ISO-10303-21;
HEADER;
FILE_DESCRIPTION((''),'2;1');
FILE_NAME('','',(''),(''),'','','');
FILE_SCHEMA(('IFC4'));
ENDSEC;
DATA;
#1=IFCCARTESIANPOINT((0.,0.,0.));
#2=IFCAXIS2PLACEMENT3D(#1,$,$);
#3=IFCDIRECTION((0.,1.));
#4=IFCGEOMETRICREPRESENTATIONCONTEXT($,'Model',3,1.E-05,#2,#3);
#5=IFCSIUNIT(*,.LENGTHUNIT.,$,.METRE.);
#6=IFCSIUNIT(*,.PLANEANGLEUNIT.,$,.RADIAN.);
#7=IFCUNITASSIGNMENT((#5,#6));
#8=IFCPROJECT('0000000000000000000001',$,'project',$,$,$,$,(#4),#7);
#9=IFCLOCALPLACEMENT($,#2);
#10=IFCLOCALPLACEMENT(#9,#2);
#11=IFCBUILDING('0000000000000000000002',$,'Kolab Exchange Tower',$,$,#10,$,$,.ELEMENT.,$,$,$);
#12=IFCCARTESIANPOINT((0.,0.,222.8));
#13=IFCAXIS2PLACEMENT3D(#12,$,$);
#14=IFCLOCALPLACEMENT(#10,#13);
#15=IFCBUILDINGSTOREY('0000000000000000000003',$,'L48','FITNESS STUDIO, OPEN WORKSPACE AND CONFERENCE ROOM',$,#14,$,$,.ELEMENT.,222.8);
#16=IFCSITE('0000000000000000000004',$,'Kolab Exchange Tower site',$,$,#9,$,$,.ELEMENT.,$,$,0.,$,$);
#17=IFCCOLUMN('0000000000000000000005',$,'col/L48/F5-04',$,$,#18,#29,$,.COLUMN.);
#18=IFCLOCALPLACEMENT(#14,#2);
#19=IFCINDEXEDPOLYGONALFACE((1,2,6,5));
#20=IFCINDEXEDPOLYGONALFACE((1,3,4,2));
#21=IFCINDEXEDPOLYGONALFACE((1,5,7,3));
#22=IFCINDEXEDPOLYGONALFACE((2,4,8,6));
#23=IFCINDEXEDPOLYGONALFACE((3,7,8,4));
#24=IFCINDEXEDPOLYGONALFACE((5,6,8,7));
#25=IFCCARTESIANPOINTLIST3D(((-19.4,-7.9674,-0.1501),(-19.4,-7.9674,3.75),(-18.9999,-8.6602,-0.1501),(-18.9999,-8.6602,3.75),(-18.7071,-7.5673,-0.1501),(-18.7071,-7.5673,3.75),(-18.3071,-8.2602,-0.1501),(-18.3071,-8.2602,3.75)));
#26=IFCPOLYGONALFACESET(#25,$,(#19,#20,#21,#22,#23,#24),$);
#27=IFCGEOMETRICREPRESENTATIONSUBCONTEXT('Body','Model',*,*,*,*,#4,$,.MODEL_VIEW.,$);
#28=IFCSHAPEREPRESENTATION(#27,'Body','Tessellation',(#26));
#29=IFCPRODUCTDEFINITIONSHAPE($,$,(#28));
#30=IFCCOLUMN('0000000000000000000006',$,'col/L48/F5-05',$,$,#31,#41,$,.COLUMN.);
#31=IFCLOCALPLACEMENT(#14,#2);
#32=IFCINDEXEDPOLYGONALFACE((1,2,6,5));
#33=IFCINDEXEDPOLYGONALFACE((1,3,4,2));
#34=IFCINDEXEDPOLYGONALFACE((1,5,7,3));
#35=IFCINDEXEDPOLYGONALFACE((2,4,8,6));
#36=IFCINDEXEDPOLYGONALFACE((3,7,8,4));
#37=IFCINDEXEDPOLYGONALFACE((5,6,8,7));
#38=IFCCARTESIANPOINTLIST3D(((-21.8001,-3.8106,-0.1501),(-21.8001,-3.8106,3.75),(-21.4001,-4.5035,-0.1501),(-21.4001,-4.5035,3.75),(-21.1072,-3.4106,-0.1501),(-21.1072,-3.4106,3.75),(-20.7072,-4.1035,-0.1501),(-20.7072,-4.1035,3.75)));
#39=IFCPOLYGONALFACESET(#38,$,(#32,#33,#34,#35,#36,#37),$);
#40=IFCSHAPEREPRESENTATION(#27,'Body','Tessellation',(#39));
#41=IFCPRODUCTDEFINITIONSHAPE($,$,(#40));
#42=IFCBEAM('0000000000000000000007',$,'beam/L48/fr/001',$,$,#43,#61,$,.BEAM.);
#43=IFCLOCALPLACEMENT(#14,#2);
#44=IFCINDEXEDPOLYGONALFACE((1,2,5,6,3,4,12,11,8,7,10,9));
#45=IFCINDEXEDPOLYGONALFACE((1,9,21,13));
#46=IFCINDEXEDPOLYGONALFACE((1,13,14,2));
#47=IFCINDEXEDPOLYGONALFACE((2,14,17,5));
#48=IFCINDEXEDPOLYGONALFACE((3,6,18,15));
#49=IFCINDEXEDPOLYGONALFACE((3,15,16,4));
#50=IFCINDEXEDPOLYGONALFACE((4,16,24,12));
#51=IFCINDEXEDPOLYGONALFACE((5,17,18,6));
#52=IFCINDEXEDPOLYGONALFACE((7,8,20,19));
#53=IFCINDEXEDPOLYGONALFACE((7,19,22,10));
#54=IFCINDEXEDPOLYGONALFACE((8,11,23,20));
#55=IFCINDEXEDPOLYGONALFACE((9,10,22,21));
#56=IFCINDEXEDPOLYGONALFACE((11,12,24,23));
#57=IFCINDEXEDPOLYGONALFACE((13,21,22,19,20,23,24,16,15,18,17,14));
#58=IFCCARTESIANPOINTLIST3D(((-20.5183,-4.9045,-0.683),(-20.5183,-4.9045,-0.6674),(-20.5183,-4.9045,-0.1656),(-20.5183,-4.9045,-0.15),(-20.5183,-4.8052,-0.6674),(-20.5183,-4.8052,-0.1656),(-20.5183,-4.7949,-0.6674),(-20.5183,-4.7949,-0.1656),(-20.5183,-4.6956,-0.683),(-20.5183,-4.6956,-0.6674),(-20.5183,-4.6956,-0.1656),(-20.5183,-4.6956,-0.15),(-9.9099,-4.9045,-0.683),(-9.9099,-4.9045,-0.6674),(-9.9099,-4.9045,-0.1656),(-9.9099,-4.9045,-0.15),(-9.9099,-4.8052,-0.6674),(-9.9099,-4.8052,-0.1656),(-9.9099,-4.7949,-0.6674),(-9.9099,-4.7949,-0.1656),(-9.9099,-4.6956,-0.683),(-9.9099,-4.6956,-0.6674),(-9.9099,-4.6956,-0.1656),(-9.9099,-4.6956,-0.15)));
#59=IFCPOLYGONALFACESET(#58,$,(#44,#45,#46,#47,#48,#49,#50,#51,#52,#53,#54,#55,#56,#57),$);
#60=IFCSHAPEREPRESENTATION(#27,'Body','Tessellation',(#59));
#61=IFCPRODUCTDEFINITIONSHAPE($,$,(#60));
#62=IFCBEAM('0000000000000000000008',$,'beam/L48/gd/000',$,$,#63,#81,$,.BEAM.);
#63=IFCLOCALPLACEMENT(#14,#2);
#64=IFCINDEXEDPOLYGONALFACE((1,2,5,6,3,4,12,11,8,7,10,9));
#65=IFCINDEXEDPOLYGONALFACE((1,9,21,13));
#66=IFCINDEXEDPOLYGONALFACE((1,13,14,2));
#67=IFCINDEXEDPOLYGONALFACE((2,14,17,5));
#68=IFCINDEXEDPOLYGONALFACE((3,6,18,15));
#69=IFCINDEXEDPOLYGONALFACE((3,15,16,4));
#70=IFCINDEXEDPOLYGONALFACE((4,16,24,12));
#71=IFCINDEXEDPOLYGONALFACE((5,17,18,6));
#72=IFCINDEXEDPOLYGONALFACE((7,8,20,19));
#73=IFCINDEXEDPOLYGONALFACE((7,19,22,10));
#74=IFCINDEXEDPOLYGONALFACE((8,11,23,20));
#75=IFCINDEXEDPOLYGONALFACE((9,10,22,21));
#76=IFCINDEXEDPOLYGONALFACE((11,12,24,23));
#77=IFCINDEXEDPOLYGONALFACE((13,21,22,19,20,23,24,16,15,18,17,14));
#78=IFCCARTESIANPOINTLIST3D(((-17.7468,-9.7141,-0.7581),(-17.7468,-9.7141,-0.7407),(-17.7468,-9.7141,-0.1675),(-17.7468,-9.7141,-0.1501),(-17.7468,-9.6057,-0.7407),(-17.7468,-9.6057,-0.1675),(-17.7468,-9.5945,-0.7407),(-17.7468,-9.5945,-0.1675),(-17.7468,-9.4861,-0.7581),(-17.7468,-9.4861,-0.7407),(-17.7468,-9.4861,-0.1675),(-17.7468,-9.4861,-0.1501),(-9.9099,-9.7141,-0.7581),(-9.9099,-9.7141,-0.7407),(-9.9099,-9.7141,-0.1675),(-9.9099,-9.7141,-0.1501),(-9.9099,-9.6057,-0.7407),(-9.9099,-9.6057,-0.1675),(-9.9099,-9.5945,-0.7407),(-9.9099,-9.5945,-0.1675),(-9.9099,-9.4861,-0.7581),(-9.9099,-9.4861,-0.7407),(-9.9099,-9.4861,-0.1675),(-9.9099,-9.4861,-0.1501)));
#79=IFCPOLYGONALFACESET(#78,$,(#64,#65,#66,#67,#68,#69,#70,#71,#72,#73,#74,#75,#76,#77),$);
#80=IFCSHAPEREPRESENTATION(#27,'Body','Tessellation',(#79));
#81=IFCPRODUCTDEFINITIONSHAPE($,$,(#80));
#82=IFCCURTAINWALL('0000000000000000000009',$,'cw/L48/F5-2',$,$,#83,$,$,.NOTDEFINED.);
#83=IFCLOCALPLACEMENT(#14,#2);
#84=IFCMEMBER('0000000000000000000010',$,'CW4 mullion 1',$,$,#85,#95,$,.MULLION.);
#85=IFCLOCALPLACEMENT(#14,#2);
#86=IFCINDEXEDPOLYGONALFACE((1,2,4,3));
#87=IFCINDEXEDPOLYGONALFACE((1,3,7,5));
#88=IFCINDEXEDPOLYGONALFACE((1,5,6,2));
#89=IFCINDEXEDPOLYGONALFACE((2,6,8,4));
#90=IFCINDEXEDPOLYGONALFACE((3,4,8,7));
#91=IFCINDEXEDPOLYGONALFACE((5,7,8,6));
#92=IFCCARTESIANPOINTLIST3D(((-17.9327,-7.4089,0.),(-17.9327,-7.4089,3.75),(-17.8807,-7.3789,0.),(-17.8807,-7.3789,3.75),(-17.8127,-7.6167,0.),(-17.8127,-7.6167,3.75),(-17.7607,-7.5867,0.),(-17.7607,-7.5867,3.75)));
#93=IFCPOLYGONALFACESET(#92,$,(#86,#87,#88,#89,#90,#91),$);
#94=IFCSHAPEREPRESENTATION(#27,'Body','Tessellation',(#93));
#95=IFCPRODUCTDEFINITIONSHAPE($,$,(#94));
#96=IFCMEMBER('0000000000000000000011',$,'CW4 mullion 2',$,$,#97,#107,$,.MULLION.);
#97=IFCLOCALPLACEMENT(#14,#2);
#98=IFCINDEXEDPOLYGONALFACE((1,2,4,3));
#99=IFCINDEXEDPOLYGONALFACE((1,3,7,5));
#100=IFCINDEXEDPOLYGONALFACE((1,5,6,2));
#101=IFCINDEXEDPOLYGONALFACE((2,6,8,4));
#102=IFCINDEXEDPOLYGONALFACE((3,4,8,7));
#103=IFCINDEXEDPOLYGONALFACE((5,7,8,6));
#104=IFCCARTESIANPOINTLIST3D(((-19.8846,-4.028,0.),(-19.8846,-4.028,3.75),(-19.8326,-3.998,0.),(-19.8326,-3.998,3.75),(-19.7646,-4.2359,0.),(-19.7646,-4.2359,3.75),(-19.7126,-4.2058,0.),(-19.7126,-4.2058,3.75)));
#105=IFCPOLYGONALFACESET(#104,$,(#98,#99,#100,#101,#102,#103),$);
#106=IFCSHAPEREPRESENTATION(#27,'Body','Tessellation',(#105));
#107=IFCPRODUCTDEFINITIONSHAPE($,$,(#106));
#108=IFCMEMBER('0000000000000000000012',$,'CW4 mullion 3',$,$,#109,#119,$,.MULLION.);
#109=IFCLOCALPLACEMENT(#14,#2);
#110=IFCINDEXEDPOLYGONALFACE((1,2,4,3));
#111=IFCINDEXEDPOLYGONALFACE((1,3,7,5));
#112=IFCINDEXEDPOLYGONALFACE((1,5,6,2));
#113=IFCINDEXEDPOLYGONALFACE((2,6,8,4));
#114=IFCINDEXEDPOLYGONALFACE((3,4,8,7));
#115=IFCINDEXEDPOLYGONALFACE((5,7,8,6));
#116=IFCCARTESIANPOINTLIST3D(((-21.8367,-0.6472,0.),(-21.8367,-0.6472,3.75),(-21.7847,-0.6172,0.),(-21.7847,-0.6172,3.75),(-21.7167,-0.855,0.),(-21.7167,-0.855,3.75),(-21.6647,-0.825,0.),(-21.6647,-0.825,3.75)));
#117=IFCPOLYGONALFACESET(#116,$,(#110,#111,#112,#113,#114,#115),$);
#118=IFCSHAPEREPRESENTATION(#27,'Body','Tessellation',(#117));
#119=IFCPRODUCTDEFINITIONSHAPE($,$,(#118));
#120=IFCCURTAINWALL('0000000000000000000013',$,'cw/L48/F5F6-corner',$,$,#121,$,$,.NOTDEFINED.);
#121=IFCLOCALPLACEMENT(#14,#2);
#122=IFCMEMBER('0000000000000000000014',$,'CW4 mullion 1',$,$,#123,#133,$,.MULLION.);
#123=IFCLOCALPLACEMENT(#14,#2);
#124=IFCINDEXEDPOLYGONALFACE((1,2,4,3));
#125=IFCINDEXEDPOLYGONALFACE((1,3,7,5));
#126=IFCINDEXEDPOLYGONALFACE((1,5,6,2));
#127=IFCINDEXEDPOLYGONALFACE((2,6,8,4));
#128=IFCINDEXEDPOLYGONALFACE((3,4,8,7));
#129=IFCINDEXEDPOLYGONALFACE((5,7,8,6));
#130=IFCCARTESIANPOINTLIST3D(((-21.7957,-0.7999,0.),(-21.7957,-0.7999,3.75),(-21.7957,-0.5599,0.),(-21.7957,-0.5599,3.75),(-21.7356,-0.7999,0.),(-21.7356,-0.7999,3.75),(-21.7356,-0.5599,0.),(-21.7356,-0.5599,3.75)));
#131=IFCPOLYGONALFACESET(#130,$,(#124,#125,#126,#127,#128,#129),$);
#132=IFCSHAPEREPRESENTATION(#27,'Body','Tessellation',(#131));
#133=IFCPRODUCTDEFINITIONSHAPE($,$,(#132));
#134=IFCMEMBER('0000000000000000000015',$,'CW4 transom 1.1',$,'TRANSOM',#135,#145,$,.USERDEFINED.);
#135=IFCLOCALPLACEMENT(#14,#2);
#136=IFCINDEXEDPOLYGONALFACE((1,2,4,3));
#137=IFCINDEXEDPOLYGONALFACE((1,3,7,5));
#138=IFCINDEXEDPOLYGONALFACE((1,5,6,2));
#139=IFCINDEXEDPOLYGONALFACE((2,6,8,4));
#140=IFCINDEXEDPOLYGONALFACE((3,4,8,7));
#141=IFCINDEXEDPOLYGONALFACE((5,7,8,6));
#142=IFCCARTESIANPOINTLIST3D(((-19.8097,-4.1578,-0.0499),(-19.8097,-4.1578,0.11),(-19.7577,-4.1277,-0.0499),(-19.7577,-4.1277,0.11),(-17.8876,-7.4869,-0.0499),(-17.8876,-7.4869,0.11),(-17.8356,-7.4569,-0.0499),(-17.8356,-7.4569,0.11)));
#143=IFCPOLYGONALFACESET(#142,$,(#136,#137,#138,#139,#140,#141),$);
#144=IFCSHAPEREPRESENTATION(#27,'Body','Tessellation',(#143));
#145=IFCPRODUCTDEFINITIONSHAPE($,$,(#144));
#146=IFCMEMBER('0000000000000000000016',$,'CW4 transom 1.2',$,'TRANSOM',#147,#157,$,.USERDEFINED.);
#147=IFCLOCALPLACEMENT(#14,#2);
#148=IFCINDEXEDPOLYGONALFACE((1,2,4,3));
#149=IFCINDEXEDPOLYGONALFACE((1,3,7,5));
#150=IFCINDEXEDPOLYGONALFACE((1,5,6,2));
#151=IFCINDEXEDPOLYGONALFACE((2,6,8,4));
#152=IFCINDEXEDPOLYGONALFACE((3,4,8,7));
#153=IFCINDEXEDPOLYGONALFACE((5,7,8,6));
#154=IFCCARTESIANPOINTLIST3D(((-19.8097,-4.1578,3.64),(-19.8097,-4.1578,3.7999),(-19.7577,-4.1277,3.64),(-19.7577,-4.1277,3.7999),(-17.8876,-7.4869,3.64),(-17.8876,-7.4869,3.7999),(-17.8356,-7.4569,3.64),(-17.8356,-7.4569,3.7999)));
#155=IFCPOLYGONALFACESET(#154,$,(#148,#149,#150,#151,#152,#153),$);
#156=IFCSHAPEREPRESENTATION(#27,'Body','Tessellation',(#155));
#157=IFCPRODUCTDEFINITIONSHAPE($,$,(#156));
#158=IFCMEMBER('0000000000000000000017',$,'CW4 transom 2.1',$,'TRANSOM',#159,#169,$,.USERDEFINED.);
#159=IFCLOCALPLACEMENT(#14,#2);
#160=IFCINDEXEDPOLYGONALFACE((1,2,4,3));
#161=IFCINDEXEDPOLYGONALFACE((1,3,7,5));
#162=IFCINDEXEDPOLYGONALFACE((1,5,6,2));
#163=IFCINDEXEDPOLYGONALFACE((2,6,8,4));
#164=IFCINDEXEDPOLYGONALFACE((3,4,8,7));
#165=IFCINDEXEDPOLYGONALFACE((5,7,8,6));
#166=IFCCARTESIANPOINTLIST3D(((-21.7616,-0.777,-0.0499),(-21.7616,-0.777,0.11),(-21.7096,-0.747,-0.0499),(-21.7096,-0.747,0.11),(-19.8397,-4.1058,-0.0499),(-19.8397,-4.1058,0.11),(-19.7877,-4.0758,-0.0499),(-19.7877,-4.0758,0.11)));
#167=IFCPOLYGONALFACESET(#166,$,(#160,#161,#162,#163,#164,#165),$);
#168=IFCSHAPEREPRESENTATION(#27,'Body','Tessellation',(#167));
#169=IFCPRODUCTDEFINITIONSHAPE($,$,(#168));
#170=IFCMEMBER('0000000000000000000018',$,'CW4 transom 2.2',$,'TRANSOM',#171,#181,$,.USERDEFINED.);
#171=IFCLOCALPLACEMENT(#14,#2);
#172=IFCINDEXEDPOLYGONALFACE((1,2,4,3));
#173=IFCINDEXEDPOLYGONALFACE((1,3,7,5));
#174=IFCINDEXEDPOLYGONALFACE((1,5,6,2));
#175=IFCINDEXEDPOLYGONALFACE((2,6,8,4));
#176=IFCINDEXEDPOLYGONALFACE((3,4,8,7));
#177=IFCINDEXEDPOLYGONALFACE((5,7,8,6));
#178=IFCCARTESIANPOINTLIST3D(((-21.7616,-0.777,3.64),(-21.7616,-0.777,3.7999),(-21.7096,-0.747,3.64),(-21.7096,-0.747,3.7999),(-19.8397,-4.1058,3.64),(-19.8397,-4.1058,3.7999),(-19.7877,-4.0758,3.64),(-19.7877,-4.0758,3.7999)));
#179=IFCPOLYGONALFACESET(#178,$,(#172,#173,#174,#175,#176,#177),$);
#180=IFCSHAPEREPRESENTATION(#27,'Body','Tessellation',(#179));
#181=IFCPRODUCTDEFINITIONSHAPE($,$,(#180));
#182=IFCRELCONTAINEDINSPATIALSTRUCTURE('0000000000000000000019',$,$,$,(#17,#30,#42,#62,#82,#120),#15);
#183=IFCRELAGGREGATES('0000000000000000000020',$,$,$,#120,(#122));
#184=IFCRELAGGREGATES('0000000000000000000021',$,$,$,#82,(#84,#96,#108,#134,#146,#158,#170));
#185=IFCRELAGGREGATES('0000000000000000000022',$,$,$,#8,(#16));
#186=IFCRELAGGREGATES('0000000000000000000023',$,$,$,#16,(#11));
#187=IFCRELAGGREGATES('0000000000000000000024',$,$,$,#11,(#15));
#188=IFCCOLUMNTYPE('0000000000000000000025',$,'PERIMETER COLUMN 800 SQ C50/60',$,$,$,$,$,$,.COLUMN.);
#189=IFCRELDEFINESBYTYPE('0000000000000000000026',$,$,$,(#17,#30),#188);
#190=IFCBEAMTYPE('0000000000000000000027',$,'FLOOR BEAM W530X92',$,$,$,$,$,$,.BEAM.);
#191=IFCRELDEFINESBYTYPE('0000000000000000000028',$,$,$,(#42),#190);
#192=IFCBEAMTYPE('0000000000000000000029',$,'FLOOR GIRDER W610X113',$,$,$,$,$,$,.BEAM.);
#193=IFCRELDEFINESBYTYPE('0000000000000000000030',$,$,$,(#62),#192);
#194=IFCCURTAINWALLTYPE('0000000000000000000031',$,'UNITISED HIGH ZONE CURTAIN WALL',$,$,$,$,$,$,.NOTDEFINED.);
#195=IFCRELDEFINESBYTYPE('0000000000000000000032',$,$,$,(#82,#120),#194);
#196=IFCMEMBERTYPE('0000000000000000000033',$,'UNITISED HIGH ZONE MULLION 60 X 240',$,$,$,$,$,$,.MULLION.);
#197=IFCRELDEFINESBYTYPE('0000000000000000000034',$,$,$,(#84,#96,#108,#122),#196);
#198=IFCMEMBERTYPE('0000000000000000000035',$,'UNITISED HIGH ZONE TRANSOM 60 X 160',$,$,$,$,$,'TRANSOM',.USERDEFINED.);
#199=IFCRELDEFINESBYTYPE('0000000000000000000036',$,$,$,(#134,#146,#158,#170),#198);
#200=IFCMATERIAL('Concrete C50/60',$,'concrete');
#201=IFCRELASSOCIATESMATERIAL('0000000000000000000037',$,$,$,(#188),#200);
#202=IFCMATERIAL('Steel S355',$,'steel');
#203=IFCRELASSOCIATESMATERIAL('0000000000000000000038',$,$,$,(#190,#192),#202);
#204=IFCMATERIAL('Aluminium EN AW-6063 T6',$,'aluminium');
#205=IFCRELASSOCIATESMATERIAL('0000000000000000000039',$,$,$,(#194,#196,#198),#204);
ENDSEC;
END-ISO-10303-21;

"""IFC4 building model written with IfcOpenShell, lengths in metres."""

from ifc_helpers import new_model, si_unit, direction, frame, origin, origin_2d, place, context, subcontext, project, spatial, rectangle, i_section, extrude, material, material_profile, profile_set, type_object, element, aggregate, save


model = new_model("IFC4")

# Units and contexts
model_context = context("Model", 3, precision=1e-05, world=origin(), true_north=direction((0.0, 1.0)))
body_context = subcontext(model_context, "Body", "Model", "MODEL_VIEW")
ifc_project = project(units=[si_unit("LENGTHUNIT", "METRE"), si_unit("PLANEANGLEUNIT", "RADIAN")], contexts=[model_context])

# Site, building, storey
site_placement = place(None, origin())
site = spatial("IfcSite", under=ifc_project, at=site_placement, Name="Kolab Exchange Tower site", CompositionType="ELEMENT", RefElevation=0.0)
building_placement = place(site_placement, origin())
building = spatial("IfcBuilding", under=site, at=building_placement, Name="Kolab Exchange Tower", CompositionType="ELEMENT")
storey_placement = place(building_placement, frame((0.0, 0.0, 222.8)))
storey = spatial("IfcBuildingStorey", under=building, at=storey_placement, Name="L48", Description="FITNESS STUDIO, OPEN WORKSPACE AND CONFERENCE ROOM", CompositionType="ELEMENT", Elevation=222.8)

# Columns
ifc_material_1 = material(Name="Concrete C50/60", Category="concrete")
ifc_material_profile_1 = material_profile(ifc_material_1, rectangle(XDim=0.8, YDim=0.8, at=origin_2d()), Name="RC800")
ifc_profile_set_1 = profile_set([ifc_material_profile_1], Name="Concrete C50/60")
column_type = type_object("IfcColumnType", Name="PERIMETER COLUMN 800 SQ C50/60", PredefinedType="COLUMN", material=ifc_profile_set_1)
for number, where, z_axis, x_axis, name in (
    (1, (-18.8535, -8.1138, -0.1501), (0.0, 0.0, 1.0), (0.866025, 0.5, 0.0), "col/L48/F5-04"),
    (2, (-21.2537, -3.957, -0.1501), (0.0, 0.0, 1.0), (0.866025, 0.5, 0.0), "col/L48/F5-05"),
):
    element("IfcColumn", number, at=place(storey_placement, frame(where, z_axis=z_axis, x_axis=x_axis)), inside=storey, type_object=column_type, Name=name, PredefinedType="COLUMN", context=body_context, shape_type="SweptSolid", body=[
        extrude(rectangle(XDim=0.8, YDim=0.8, at=origin_2d()), origin(), (0.0, 0.0, 1.0), 3.9001),
    ])

# Beams
ifc_material_2 = material(Name="Steel S355", Category="steel")
ifc_material_profile_2 = material_profile(ifc_material_2, i_section(OverallWidth=0.209, OverallDepth=0.533, WebThickness=0.0103, FlangeThickness=0.0156, at=origin_2d()), Name="W530X92")
ifc_profile_set_2 = profile_set([ifc_material_profile_2], Name="Steel S355")
beam_type_1 = type_object("IfcBeamType", Name="FLOOR BEAM W530X92", PredefinedType="BEAM", material=ifc_profile_set_2)
beam_1_placement = place(storey_placement, frame((-20.5183, -4.8, -0.4165), z_axis=(1.0, 0.0, 0.0), x_axis=(0.0, 1.0, 0.0)))
element("IfcBeam", 3, at=beam_1_placement, inside=storey, type_object=beam_type_1, Name="beam/L48/fr/001", PredefinedType="BEAM", context=body_context, shape_type="SweptSolid", body=[
    extrude(i_section(OverallWidth=0.209, OverallDepth=0.533, WebThickness=0.0103, FlangeThickness=0.0156, at=origin_2d()), origin(), (0.0, 0.0, 1.0), 10.6084),
])
ifc_material_profile_3 = material_profile(ifc_material_2, i_section(OverallWidth=0.228, OverallDepth=0.6079, WebThickness=0.0112, FlangeThickness=0.0173, at=origin_2d()), Name="W610X113")
ifc_profile_set_3 = profile_set([ifc_material_profile_3], Name="Steel S355")
beam_type_2 = type_object("IfcBeamType", Name="FLOOR GIRDER W610X113", PredefinedType="BEAM", material=ifc_profile_set_3)
beam_2_placement = place(storey_placement, frame((-17.7468, -9.6001, -0.4541), z_axis=(1.0, 0.0, 0.0), x_axis=(0.0, 1.0, 0.0)))
element("IfcBeam", 4, at=beam_2_placement, inside=storey, type_object=beam_type_2, Name="beam/L48/gd/000", PredefinedType="BEAM", context=body_context, shape_type="SweptSolid", body=[
    extrude(i_section(OverallWidth=0.228, OverallDepth=0.6079, WebThickness=0.0112, FlangeThickness=0.0173, at=origin_2d()), origin(), (0.0, 0.0, 1.0), 7.8369),
])

# Curtain wall, members
ifc_material_3 = material(Name="Aluminium EN AW-6063 T6", Category="aluminium")
curtain_wall_type = type_object("IfcCurtainWallType", Name="UNITISED HIGH ZONE CURTAIN WALL", PredefinedType="NOTDEFINED", material=ifc_material_3)
curtain_wall_1_placement = place(storey_placement, origin())
curtain_wall_1 = element("IfcCurtainWall", 5, at=curtain_wall_1_placement, inside=storey, type_object=curtain_wall_type, Name="cw/L48/F5-2", PredefinedType="NOTDEFINED")
ifc_material_profile_4 = material_profile(ifc_material_3, rectangle(XDim=0.0601, YDim=0.24, at=origin_2d()), Name="RECT 60X240")
ifc_profile_set_4 = profile_set([ifc_material_profile_4], Name="Aluminium EN AW-6063 T6")
member_type_1 = type_object("IfcMemberType", Name="UNITISED HIGH ZONE MULLION 60 X 240", PredefinedType="MULLION", material=ifc_profile_set_4)
member_1_placement = place(storey_placement, frame((-17.8467, -7.4978, 0.0), z_axis=(0.0, 0.0, 1.0), x_axis=(-0.866025, -0.5, 0.0)))
member_1 = element("IfcMember", 6, at=member_1_placement, type_object=member_type_1, Name="CW4 mullion 1", PredefinedType="MULLION", context=body_context, shape_type="SweptSolid", body=[
    extrude(rectangle(XDim=0.0601, YDim=0.24, at=origin_2d()), origin(), (0.0, 0.0, 1.0), 3.75),
])
member_2_placement = place(storey_placement, frame((-19.7986, -4.1169, 0.0), z_axis=(0.0, 0.0, 1.0), x_axis=(-0.866025, -0.5, 0.0)))
member_2 = element("IfcMember", 7, at=member_2_placement, type_object=member_type_1, Name="CW4 mullion 2", PredefinedType="MULLION", context=body_context, shape_type="SweptSolid", body=[
    extrude(rectangle(XDim=0.0601, YDim=0.24, at=origin_2d()), origin(), (0.0, 0.0, 1.0), 3.75),
])
member_3_placement = place(storey_placement, frame((-21.7507, -0.7361, 0.0), z_axis=(0.0, 0.0, 1.0), x_axis=(-0.866025, -0.5, 0.0)))
member_3 = element("IfcMember", 8, at=member_3_placement, type_object=member_type_1, Name="CW4 mullion 3", PredefinedType="MULLION", context=body_context, shape_type="SweptSolid", body=[
    extrude(rectangle(XDim=0.0601, YDim=0.24, at=origin_2d()), origin(), (0.0, 0.0, 1.0), 3.75),
])

# Curtain wall, member
curtain_wall_2_placement = place(storey_placement, origin())
curtain_wall_2 = element("IfcCurtainWall", 9, at=curtain_wall_2_placement, inside=storey, type_object=curtain_wall_type, Name="cw/L48/F5F6-corner", PredefinedType="NOTDEFINED")
member_4_placement = place(storey_placement, frame((-21.7656, -0.6799, 0.0), z_axis=(0.0, 0.0, 1.0), x_axis=(-1.0, 0.0, 0.0)))
member_4 = element("IfcMember", 10, at=member_4_placement, type_object=member_type_1, Name="CW4 mullion 1", PredefinedType="MULLION", context=body_context, shape_type="SweptSolid", body=[
    extrude(rectangle(XDim=0.0601, YDim=0.24, at=origin_2d()), origin(), (0.0, 0.0, 1.0), 3.75),
])

# Members
ifc_material_profile_5 = material_profile(ifc_material_3, rectangle(XDim=0.0601, YDim=0.1599, at=origin_2d()), Name="RECT 60X160")
ifc_profile_set_5 = profile_set([ifc_material_profile_5], Name="Aluminium EN AW-6063 T6")
member_type_2 = type_object("IfcMemberType", Name="UNITISED HIGH ZONE TRANSOM 60 X 160", ElementType="TRANSOM", PredefinedType="USERDEFINED", material=ifc_profile_set_5)
member_5_placement = place(storey_placement, frame((-17.8616, -7.4719, 0.03), z_axis=(-0.500012, 0.866018, 0.0), x_axis=(-0.866018, -0.500012, 0.0)))
member_5 = element("IfcMember", 11, at=member_5_placement, type_object=member_type_2, Name="CW4 transom 1.1", ObjectType="TRANSOM", PredefinedType="USERDEFINED", context=body_context, shape_type="SweptSolid", body=[
    extrude(rectangle(XDim=0.0601, YDim=0.1599, at=origin_2d()), origin(), (0.0, 0.0, 1.0), 3.8442),
])
member_6_placement = place(storey_placement, frame((-17.8616, -7.4719, 3.72), z_axis=(-0.500012, 0.866018, 0.0), x_axis=(-0.866018, -0.500012, 0.0)))
member_6 = element("IfcMember", 12, at=member_6_placement, type_object=member_type_2, Name="CW4 transom 1.2", ObjectType="TRANSOM", PredefinedType="USERDEFINED", context=body_context, shape_type="SweptSolid", body=[
    extrude(rectangle(XDim=0.0601, YDim=0.1599, at=origin_2d()), origin(), (0.0, 0.0, 1.0), 3.8442),
])
member_7_placement = place(storey_placement, frame((-19.8137, -4.0908, 0.03), z_axis=(-0.499992, 0.86603, 0.0), x_axis=(-0.86603, -0.499992, 0.0)))
member_7 = element("IfcMember", 13, at=member_7_placement, type_object=member_type_2, Name="CW4 transom 2.1", ObjectType="TRANSOM", PredefinedType="USERDEFINED", context=body_context, shape_type="SweptSolid", body=[
    extrude(rectangle(XDim=0.0601, YDim=0.1599, at=origin_2d()), origin(), (0.0, 0.0, 1.0), 3.8438),
])
member_8_placement = place(storey_placement, frame((-19.8137, -4.0908, 3.72), z_axis=(-0.499992, 0.86603, 0.0), x_axis=(-0.86603, -0.499992, 0.0)))
member_8 = element("IfcMember", 14, at=member_8_placement, type_object=member_type_2, Name="CW4 transom 2.2", ObjectType="TRANSOM", PredefinedType="USERDEFINED", context=body_context, shape_type="SweptSolid", body=[
    extrude(rectangle(XDim=0.0601, YDim=0.1599, at=origin_2d()), origin(), (0.0, 0.0, 1.0), 3.8438),
])
aggregate(curtain_wall_2, [member_4])

aggregate(curtain_wall_1, [member_1, member_2, member_3, member_5, member_6, member_7, member_8])

save(model, "model.ifc")
